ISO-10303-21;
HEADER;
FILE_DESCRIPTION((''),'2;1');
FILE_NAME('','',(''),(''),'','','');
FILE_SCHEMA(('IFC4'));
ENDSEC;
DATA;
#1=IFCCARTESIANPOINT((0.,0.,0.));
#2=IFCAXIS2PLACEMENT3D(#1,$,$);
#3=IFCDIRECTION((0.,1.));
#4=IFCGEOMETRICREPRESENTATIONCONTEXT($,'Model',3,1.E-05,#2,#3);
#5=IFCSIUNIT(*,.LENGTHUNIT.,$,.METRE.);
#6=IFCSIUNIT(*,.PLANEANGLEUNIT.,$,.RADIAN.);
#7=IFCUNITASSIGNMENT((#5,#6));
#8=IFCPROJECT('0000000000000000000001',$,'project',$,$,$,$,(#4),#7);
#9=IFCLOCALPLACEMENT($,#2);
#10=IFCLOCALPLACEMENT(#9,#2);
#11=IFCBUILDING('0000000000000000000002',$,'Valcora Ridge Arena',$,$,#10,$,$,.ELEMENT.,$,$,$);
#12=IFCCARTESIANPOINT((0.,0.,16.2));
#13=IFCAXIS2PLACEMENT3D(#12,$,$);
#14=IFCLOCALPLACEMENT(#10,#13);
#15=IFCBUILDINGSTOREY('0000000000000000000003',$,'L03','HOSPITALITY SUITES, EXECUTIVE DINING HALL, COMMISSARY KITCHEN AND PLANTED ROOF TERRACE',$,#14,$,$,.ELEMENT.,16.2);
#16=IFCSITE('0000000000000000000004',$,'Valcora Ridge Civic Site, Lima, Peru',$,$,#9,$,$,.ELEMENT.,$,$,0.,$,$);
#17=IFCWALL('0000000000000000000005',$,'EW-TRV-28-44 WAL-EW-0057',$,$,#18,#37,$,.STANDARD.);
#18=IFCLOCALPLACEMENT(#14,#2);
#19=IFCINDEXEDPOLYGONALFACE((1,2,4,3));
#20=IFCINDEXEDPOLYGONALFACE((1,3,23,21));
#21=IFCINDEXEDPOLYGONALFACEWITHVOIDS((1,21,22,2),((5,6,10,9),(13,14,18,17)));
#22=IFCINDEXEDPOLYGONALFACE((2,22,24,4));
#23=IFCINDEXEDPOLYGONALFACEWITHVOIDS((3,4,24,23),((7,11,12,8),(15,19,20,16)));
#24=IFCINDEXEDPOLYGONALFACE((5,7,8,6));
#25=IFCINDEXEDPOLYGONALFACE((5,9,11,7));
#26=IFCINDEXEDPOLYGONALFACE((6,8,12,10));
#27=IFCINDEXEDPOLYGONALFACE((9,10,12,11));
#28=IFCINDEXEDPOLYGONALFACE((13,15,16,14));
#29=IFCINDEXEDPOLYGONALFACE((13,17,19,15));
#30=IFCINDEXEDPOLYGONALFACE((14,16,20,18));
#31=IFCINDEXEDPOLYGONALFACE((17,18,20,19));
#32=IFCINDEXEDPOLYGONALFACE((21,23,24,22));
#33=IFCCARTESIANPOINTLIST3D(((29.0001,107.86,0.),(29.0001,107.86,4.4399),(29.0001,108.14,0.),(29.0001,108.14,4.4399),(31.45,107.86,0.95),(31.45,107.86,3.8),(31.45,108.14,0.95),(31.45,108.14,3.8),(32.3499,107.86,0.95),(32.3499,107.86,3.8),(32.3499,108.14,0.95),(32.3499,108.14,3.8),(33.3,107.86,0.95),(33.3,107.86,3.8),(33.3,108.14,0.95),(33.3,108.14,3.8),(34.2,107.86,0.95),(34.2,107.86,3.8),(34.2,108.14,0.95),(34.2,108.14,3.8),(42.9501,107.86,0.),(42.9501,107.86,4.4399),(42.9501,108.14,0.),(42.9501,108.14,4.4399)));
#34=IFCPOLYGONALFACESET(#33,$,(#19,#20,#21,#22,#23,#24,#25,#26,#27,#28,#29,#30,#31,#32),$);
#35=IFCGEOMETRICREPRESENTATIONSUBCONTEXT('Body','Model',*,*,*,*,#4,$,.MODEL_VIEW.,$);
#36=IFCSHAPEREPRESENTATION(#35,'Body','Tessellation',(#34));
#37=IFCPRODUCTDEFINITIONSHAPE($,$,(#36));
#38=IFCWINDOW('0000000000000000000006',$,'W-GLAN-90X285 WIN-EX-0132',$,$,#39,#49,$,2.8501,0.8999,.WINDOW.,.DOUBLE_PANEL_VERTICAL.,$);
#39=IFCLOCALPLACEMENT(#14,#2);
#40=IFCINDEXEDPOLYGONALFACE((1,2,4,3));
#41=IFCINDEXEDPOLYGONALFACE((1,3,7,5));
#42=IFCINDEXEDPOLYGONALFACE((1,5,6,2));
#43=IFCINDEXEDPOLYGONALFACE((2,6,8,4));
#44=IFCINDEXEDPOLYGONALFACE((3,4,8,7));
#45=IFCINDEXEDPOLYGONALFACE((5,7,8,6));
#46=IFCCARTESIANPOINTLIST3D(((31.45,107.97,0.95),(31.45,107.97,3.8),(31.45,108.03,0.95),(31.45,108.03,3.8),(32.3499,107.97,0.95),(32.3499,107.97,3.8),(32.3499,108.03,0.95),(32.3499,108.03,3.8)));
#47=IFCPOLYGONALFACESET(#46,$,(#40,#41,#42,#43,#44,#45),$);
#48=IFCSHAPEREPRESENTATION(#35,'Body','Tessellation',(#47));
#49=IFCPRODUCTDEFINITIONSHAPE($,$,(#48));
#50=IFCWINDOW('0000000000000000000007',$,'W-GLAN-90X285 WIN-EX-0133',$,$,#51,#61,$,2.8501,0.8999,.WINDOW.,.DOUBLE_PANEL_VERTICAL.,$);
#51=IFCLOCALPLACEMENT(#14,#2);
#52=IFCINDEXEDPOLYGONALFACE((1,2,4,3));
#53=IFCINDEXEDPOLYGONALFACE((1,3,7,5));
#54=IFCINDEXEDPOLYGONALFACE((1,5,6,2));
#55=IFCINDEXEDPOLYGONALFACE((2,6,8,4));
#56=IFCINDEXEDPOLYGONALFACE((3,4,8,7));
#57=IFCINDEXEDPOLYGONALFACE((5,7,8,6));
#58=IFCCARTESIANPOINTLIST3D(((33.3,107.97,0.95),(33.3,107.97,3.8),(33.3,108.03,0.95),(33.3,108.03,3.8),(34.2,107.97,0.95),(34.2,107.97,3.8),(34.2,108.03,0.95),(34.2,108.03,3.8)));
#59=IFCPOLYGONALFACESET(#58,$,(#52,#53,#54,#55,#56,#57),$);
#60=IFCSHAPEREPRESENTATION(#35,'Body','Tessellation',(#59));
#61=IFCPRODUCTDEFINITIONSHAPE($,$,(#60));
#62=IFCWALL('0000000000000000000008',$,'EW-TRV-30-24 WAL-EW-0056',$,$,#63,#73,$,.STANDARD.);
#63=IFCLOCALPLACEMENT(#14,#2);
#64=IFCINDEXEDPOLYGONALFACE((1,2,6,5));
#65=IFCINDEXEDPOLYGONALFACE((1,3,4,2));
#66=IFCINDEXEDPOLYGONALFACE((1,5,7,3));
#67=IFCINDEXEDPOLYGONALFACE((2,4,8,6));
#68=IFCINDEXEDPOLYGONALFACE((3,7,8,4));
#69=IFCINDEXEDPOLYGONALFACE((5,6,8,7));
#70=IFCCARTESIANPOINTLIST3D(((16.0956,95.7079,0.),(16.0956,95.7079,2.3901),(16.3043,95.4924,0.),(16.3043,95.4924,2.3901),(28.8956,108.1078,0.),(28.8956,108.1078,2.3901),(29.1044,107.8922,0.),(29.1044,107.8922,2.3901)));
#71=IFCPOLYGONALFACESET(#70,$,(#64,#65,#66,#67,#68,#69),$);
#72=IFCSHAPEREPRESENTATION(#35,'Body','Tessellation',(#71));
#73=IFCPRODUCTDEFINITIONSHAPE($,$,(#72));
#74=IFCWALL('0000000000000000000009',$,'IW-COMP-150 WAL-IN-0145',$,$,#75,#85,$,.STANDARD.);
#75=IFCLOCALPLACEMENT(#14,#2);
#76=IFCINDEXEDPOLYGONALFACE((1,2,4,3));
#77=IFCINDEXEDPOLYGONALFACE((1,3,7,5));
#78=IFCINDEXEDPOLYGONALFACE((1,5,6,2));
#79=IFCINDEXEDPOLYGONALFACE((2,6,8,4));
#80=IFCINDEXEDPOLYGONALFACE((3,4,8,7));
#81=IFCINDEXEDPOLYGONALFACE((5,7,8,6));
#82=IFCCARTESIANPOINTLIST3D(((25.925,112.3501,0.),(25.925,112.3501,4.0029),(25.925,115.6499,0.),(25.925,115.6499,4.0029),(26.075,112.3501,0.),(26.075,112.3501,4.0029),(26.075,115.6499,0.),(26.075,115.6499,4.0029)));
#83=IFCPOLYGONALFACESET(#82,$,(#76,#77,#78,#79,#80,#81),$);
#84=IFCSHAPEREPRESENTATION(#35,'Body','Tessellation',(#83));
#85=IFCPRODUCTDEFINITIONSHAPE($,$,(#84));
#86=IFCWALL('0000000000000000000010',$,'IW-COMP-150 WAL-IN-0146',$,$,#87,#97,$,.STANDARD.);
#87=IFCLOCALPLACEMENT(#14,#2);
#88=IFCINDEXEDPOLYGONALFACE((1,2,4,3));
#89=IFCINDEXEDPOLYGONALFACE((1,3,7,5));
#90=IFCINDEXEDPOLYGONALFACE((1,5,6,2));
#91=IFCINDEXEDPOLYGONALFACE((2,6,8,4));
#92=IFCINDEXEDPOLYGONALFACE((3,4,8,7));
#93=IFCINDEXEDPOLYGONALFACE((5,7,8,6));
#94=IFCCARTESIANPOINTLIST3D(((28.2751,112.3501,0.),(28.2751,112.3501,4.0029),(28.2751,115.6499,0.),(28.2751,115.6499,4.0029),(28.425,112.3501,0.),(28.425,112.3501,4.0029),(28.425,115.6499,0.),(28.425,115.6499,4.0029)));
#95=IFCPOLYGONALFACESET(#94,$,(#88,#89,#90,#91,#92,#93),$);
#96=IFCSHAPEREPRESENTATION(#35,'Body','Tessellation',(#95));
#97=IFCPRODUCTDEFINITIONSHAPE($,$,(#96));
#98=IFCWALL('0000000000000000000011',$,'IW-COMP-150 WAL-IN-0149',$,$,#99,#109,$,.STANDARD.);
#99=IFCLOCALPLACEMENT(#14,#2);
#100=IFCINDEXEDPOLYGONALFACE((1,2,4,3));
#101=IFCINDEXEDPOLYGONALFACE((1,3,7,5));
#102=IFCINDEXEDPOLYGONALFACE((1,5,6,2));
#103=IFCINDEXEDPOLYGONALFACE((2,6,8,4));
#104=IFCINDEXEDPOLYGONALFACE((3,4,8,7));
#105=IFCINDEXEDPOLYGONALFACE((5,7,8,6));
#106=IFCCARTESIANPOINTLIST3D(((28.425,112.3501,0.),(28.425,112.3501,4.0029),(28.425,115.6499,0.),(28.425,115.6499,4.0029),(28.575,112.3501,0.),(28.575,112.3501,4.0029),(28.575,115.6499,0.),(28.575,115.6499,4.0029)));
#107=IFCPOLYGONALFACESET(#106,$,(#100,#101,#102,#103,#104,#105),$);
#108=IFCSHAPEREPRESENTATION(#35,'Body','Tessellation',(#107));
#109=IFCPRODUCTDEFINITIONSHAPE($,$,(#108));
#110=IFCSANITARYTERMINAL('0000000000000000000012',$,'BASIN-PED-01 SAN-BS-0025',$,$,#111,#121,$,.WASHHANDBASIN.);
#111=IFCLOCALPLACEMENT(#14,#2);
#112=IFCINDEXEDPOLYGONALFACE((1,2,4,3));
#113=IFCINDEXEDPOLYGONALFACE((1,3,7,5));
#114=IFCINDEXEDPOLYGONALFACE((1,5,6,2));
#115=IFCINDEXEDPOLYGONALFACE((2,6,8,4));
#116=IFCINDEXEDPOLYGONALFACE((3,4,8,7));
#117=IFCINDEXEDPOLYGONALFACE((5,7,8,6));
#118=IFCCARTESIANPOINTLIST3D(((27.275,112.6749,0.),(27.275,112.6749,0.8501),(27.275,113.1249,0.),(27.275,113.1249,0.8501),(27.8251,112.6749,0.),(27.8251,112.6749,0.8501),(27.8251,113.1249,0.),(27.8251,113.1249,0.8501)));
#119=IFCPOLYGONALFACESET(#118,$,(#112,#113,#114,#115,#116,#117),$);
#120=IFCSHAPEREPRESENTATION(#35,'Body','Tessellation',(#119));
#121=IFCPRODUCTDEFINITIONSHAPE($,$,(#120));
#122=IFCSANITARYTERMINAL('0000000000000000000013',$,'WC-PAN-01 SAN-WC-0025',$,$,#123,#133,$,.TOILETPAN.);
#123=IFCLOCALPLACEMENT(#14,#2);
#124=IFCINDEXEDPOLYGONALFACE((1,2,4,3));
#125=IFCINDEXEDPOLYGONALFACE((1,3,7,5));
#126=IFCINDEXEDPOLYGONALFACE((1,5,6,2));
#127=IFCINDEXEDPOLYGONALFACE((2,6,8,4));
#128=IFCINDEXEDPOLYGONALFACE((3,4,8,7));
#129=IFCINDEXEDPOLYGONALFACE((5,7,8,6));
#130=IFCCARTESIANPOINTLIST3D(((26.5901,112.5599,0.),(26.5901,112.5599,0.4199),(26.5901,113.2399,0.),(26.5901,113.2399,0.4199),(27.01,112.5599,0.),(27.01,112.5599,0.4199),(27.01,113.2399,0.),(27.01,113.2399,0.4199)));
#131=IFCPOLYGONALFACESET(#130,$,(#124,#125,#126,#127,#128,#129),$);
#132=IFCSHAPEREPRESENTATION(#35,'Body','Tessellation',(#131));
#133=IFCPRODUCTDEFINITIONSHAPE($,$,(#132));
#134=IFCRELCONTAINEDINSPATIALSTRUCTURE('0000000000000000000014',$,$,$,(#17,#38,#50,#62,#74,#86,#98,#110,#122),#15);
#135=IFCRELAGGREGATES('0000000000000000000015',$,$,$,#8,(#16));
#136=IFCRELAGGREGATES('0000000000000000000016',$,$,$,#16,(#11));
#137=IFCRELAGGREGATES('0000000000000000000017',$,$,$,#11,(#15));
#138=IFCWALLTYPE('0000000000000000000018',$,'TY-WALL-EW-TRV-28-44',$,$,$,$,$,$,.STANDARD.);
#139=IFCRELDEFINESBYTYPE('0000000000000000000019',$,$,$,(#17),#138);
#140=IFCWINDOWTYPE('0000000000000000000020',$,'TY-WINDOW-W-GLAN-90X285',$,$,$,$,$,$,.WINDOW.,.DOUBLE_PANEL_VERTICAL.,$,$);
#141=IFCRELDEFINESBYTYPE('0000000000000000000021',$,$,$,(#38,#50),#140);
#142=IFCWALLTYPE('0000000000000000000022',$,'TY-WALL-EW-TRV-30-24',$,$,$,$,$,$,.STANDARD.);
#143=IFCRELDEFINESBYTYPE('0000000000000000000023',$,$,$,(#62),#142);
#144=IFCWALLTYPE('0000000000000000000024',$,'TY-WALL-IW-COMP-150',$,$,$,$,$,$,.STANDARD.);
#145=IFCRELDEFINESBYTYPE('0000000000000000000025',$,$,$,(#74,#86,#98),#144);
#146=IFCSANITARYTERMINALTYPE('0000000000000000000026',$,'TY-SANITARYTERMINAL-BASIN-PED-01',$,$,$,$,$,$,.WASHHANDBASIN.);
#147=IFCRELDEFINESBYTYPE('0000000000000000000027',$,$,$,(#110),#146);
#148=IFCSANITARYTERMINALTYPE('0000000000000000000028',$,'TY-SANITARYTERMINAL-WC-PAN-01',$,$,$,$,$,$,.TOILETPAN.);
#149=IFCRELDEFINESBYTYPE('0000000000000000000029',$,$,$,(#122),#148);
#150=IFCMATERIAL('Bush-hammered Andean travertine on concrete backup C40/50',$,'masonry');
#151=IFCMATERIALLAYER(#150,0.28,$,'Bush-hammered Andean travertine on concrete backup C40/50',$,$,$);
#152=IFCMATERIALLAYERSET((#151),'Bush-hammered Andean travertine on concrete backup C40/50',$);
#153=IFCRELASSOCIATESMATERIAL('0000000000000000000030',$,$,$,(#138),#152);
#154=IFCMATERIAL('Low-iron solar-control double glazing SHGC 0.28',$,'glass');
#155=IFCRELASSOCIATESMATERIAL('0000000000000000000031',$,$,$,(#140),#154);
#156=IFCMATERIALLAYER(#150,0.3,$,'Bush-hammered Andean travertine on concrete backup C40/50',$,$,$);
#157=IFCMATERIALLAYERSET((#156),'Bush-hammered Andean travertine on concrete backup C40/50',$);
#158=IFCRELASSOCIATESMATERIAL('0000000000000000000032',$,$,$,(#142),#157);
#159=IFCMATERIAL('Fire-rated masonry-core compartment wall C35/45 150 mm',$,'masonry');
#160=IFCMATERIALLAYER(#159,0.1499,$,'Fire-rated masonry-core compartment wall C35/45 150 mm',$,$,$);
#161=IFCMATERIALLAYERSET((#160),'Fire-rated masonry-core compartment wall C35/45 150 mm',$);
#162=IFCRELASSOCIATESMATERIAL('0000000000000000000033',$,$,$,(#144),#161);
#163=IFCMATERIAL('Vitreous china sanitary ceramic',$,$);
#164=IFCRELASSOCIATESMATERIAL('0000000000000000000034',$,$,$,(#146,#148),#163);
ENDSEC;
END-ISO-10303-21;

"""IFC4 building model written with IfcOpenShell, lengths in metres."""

from ifc_helpers import new_model, si_unit, direction, frame, frame_2d, origin, origin_2d, place, context, subcontext, project, spatial, rectangle, extrude, material, layer, layer_set, type_object, element, fill, save


model = new_model("IFC4")

# Units and contexts
model_context = context("Model", 3, precision=1e-05, world=origin(), true_north=direction((0.0, 1.0)))
body_context = subcontext(model_context, "Body", "Model", "MODEL_VIEW")
ifc_project = project(units=[si_unit("LENGTHUNIT", "METRE"), si_unit("PLANEANGLEUNIT", "RADIAN")], contexts=[model_context])

# Site, building, storey
site_placement = place(None, origin())
site = spatial("IfcSite", under=ifc_project, at=site_placement, Name="Valcora Ridge Civic Site, Lima, Peru", CompositionType="ELEMENT", RefElevation=0.0)
building_placement = place(site_placement, origin())
building = spatial("IfcBuilding", under=site, at=building_placement, Name="Valcora Ridge Arena", CompositionType="ELEMENT")
storey_placement = place(building_placement, frame((0.0, 0.0, 16.2)))
storey = spatial("IfcBuildingStorey", under=building, at=storey_placement, Name="L03", Description="HOSPITALITY SUITES, EXECUTIVE DINING HALL, COMMISSARY KITCHEN AND PLANTED ROOF TERRACE", CompositionType="ELEMENT", Elevation=16.2)

# Shared definitions
ifc_material_1 = material(Name="Bush-hammered Andean travertine on concrete backup C40/50", Category="masonry")

# Wall, openings, windows
ifc_material_2 = material(Name="Low-iron solar-control double glazing SHGC 0.28", Category="glass")
ifc_layer_1 = layer(ifc_material_1, 0.28, Name="Bush-hammered Andean travertine on concrete backup C40/50")
ifc_layer_set_1 = layer_set([ifc_layer_1], Name="Bush-hammered Andean travertine on concrete backup C40/50")
wall_type_1 = type_object("IfcWallType", Name="TY-WALL-EW-TRV-28-44", PredefinedType="STANDARD", material=ifc_layer_set_1)
wall_1_placement = place(storey_placement, frame((29.0, 108.0, 0.0), z_axis=(0.0, 0.0, 1.0), x_axis=(1.0, 0.0, 0.0)))
wall_1 = element("IfcWall", 1, at=wall_1_placement, inside=storey, type_object=wall_type_1, Name="EW-TRV-28-44 WAL-EW-0057", PredefinedType="STANDARD", context=body_context, shape_type="SweptSolid", body=[
    extrude(rectangle(XDim=13.95, YDim=0.28, at=frame_2d((6.9751, 0.0))), origin(), (0.0, 0.0, 1.0), 4.4399),
])
opening_1_placement = place(wall_1_placement, frame((2.45, 0.0, 0.95)))
opening_1 = element("IfcOpeningElement", 2, at=opening_1_placement, cuts=wall_1, PredefinedType="OPENING", context=body_context, shape_type="SweptSolid", body=[
    extrude(rectangle(XDim=0.8999, YDim=2.8501, at=frame_2d((0.45, 1.425))), frame((0.0, 0.1499, 0.0), z_axis=(0.0, -1.0, 0.0), x_axis=(1.0, 0.0, 0.0)), (0.0, 0.0, 1.0), 0.3),
])
opening_2_placement = place(wall_1_placement, frame((4.3, 0.0, 0.95)))
opening_2 = element("IfcOpeningElement", 3, at=opening_2_placement, cuts=wall_1, PredefinedType="OPENING", context=body_context, shape_type="SweptSolid", body=[
    extrude(rectangle(XDim=0.8999, YDim=2.8501, at=frame_2d((0.45, 1.425))), frame((0.0, 0.1499, 0.0), z_axis=(0.0, -1.0, 0.0), x_axis=(1.0, 0.0, 0.0)), (0.0, 0.0, 1.0), 0.3),
])
window_type_1 = type_object("IfcWindowType", Name="TY-WINDOW-W-GLAN-90X285", PartitioningType="DOUBLE_PANEL_VERTICAL", PredefinedType="WINDOW", material=ifc_material_2)
window_1_placement = place(opening_1_placement, origin())
window_1 = element("IfcWindow", 4, at=window_1_placement, inside=storey, type_object=window_type_1, Name="W-GLAN-90X285 WIN-EX-0132", OverallHeight=2.8501, OverallWidth=0.8999, PartitioningType="DOUBLE_PANEL_VERTICAL", PredefinedType="WINDOW", context=body_context, shape_type="SweptSolid", body=[
    extrude(rectangle(XDim=0.8999, YDim=2.8501, at=frame_2d((0.45, 1.425))), frame((0.0, 0.03, 0.0), z_axis=(0.0, -1.0, 0.0), x_axis=(1.0, 0.0, 0.0)), (0.0, 0.0, 1.0), 0.0601),
])
fill(opening_1, window_1)
window_2_placement = place(opening_2_placement, origin())
window_2 = element("IfcWindow", 5, at=window_2_placement, inside=storey, type_object=window_type_1, Name="W-GLAN-90X285 WIN-EX-0133", OverallHeight=2.8501, OverallWidth=0.8999, PartitioningType="DOUBLE_PANEL_VERTICAL", PredefinedType="WINDOW", context=body_context, shape_type="SweptSolid", body=[
    extrude(rectangle(XDim=0.8999, YDim=2.8501, at=frame_2d((0.45, 1.425))), frame((0.0, 0.03, 0.0), z_axis=(0.0, -1.0, 0.0), x_axis=(1.0, 0.0, 0.0)), (0.0, 0.0, 1.0), 0.0601),
])
fill(opening_2, window_2)

# Wall
ifc_layer_2 = layer(ifc_material_1, 0.3, Name="Bush-hammered Andean travertine on concrete backup C40/50")
ifc_layer_set_2 = layer_set([ifc_layer_2], Name="Bush-hammered Andean travertine on concrete backup C40/50")
wall_type_2 = type_object("IfcWallType", Name="TY-WALL-EW-TRV-30-24", PredefinedType="STANDARD", material=ifc_layer_set_2)
wall_2_placement = place(storey_placement, frame((29.0, 108.0, 0.0), z_axis=(0.0, 0.0, 1.0), x_axis=(-0.718244, -0.695791, 0.0)))
element("IfcWall", 6, at=wall_2_placement, inside=storey, type_object=wall_type_2, Name="EW-TRV-30-24 WAL-EW-0056", PredefinedType="STANDARD", context=body_context, shape_type="SweptSolid", body=[
    extrude(rectangle(XDim=17.8213, YDim=0.3, at=frame_2d((8.9106, 0.0))), origin(), (0.0, 0.0, 1.0), 2.3901),
])

# Shared definitions
ifc_material_3 = material(Name="Fire-rated masonry-core compartment wall C35/45 150 mm", Category="masonry")
ifc_layer_3 = layer(ifc_material_3, 0.1499, Name="Fire-rated masonry-core compartment wall C35/45 150 mm")
ifc_layer_set_3 = layer_set([ifc_layer_3], Name="Fire-rated masonry-core compartment wall C35/45 150 mm")
wall_type_3 = type_object("IfcWallType", Name="TY-WALL-IW-COMP-150", PredefinedType="STANDARD", material=ifc_layer_set_3)

# Walls
for number, where, z_axis, x_axis, name in (
    (7, (26.0, 112.3501, 0.0), (0.0, 0.0, 1.0), (0.0, 1.0, 0.0), "IW-COMP-150 WAL-IN-0145"),
    (8, (28.3501, 112.3501, 0.0), (0.0, 0.0, 1.0), (0.0, 1.0, 0.0), "IW-COMP-150 WAL-IN-0146"),
):
    element("IfcWall", number, at=place(storey_placement, frame(where, z_axis=z_axis, x_axis=x_axis)), inside=storey, type_object=wall_type_3, Name=name, PredefinedType="STANDARD", context=body_context, shape_type="SweptSolid", body=[
        extrude(rectangle(XDim=3.2998, YDim=0.1499, at=frame_2d((1.6499, 0.0))), origin(), (0.0, 0.0, 1.0), 4.0029),
    ])

# Wall
wall_3_placement = place(storey_placement, frame((28.5, 112.3501, 0.0), z_axis=(0.0, 0.0, 1.0), x_axis=(0.0, 1.0, 0.0)))
element("IfcWall", 9, at=wall_3_placement, inside=storey, type_object=wall_type_3, Name="IW-COMP-150 WAL-IN-0149", PredefinedType="STANDARD", context=body_context, shape_type="SweptSolid", body=[
    extrude(rectangle(XDim=3.2998, YDim=0.1499, at=frame_2d((1.6499, 0.0))), origin(), (0.0, 0.0, 1.0), 4.0029),
])

# Sanitary terminals
ifc_material_4 = material(Name="Vitreous china sanitary ceramic")
sanitary_terminal_type_1 = type_object("IfcSanitaryTerminalType", Name="TY-SANITARYTERMINAL-BASIN-PED-01", PredefinedType="WASHHANDBASIN", material=ifc_material_4)
sanitary_terminal_1_placement = place(storey_placement, frame((27.55, 112.8999, 0.0), z_axis=(0.0, 0.0, 1.0), x_axis=(1.0, 0.0, 0.0)))
element("IfcSanitaryTerminal", 10, at=sanitary_terminal_1_placement, inside=storey, type_object=sanitary_terminal_type_1, Name="BASIN-PED-01 SAN-BS-0025", PredefinedType="WASHHANDBASIN", context=body_context, shape_type="SweptSolid", body=[
    extrude(rectangle(XDim=0.55, YDim=0.45, at=origin_2d()), origin(), (0.0, 0.0, 1.0), 0.8501),
])
sanitary_terminal_type_2 = type_object("IfcSanitaryTerminalType", Name="TY-SANITARYTERMINAL-WC-PAN-01", PredefinedType="TOILETPAN", material=ifc_material_4)
sanitary_terminal_2_placement = place(storey_placement, frame((26.8, 112.8999, 0.0), z_axis=(0.0, 0.0, 1.0), x_axis=(1.0, 0.0, 0.0)))
element("IfcSanitaryTerminal", 11, at=sanitary_terminal_2_placement, inside=storey, type_object=sanitary_terminal_type_2, Name="WC-PAN-01 SAN-WC-0025", PredefinedType="TOILETPAN", context=body_context, shape_type="SweptSolid", body=[
    extrude(rectangle(XDim=0.4199, YDim=0.6799, at=origin_2d()), origin(), (0.0, 0.0, 1.0), 0.4199),
])

save(model, "model.ifc")
